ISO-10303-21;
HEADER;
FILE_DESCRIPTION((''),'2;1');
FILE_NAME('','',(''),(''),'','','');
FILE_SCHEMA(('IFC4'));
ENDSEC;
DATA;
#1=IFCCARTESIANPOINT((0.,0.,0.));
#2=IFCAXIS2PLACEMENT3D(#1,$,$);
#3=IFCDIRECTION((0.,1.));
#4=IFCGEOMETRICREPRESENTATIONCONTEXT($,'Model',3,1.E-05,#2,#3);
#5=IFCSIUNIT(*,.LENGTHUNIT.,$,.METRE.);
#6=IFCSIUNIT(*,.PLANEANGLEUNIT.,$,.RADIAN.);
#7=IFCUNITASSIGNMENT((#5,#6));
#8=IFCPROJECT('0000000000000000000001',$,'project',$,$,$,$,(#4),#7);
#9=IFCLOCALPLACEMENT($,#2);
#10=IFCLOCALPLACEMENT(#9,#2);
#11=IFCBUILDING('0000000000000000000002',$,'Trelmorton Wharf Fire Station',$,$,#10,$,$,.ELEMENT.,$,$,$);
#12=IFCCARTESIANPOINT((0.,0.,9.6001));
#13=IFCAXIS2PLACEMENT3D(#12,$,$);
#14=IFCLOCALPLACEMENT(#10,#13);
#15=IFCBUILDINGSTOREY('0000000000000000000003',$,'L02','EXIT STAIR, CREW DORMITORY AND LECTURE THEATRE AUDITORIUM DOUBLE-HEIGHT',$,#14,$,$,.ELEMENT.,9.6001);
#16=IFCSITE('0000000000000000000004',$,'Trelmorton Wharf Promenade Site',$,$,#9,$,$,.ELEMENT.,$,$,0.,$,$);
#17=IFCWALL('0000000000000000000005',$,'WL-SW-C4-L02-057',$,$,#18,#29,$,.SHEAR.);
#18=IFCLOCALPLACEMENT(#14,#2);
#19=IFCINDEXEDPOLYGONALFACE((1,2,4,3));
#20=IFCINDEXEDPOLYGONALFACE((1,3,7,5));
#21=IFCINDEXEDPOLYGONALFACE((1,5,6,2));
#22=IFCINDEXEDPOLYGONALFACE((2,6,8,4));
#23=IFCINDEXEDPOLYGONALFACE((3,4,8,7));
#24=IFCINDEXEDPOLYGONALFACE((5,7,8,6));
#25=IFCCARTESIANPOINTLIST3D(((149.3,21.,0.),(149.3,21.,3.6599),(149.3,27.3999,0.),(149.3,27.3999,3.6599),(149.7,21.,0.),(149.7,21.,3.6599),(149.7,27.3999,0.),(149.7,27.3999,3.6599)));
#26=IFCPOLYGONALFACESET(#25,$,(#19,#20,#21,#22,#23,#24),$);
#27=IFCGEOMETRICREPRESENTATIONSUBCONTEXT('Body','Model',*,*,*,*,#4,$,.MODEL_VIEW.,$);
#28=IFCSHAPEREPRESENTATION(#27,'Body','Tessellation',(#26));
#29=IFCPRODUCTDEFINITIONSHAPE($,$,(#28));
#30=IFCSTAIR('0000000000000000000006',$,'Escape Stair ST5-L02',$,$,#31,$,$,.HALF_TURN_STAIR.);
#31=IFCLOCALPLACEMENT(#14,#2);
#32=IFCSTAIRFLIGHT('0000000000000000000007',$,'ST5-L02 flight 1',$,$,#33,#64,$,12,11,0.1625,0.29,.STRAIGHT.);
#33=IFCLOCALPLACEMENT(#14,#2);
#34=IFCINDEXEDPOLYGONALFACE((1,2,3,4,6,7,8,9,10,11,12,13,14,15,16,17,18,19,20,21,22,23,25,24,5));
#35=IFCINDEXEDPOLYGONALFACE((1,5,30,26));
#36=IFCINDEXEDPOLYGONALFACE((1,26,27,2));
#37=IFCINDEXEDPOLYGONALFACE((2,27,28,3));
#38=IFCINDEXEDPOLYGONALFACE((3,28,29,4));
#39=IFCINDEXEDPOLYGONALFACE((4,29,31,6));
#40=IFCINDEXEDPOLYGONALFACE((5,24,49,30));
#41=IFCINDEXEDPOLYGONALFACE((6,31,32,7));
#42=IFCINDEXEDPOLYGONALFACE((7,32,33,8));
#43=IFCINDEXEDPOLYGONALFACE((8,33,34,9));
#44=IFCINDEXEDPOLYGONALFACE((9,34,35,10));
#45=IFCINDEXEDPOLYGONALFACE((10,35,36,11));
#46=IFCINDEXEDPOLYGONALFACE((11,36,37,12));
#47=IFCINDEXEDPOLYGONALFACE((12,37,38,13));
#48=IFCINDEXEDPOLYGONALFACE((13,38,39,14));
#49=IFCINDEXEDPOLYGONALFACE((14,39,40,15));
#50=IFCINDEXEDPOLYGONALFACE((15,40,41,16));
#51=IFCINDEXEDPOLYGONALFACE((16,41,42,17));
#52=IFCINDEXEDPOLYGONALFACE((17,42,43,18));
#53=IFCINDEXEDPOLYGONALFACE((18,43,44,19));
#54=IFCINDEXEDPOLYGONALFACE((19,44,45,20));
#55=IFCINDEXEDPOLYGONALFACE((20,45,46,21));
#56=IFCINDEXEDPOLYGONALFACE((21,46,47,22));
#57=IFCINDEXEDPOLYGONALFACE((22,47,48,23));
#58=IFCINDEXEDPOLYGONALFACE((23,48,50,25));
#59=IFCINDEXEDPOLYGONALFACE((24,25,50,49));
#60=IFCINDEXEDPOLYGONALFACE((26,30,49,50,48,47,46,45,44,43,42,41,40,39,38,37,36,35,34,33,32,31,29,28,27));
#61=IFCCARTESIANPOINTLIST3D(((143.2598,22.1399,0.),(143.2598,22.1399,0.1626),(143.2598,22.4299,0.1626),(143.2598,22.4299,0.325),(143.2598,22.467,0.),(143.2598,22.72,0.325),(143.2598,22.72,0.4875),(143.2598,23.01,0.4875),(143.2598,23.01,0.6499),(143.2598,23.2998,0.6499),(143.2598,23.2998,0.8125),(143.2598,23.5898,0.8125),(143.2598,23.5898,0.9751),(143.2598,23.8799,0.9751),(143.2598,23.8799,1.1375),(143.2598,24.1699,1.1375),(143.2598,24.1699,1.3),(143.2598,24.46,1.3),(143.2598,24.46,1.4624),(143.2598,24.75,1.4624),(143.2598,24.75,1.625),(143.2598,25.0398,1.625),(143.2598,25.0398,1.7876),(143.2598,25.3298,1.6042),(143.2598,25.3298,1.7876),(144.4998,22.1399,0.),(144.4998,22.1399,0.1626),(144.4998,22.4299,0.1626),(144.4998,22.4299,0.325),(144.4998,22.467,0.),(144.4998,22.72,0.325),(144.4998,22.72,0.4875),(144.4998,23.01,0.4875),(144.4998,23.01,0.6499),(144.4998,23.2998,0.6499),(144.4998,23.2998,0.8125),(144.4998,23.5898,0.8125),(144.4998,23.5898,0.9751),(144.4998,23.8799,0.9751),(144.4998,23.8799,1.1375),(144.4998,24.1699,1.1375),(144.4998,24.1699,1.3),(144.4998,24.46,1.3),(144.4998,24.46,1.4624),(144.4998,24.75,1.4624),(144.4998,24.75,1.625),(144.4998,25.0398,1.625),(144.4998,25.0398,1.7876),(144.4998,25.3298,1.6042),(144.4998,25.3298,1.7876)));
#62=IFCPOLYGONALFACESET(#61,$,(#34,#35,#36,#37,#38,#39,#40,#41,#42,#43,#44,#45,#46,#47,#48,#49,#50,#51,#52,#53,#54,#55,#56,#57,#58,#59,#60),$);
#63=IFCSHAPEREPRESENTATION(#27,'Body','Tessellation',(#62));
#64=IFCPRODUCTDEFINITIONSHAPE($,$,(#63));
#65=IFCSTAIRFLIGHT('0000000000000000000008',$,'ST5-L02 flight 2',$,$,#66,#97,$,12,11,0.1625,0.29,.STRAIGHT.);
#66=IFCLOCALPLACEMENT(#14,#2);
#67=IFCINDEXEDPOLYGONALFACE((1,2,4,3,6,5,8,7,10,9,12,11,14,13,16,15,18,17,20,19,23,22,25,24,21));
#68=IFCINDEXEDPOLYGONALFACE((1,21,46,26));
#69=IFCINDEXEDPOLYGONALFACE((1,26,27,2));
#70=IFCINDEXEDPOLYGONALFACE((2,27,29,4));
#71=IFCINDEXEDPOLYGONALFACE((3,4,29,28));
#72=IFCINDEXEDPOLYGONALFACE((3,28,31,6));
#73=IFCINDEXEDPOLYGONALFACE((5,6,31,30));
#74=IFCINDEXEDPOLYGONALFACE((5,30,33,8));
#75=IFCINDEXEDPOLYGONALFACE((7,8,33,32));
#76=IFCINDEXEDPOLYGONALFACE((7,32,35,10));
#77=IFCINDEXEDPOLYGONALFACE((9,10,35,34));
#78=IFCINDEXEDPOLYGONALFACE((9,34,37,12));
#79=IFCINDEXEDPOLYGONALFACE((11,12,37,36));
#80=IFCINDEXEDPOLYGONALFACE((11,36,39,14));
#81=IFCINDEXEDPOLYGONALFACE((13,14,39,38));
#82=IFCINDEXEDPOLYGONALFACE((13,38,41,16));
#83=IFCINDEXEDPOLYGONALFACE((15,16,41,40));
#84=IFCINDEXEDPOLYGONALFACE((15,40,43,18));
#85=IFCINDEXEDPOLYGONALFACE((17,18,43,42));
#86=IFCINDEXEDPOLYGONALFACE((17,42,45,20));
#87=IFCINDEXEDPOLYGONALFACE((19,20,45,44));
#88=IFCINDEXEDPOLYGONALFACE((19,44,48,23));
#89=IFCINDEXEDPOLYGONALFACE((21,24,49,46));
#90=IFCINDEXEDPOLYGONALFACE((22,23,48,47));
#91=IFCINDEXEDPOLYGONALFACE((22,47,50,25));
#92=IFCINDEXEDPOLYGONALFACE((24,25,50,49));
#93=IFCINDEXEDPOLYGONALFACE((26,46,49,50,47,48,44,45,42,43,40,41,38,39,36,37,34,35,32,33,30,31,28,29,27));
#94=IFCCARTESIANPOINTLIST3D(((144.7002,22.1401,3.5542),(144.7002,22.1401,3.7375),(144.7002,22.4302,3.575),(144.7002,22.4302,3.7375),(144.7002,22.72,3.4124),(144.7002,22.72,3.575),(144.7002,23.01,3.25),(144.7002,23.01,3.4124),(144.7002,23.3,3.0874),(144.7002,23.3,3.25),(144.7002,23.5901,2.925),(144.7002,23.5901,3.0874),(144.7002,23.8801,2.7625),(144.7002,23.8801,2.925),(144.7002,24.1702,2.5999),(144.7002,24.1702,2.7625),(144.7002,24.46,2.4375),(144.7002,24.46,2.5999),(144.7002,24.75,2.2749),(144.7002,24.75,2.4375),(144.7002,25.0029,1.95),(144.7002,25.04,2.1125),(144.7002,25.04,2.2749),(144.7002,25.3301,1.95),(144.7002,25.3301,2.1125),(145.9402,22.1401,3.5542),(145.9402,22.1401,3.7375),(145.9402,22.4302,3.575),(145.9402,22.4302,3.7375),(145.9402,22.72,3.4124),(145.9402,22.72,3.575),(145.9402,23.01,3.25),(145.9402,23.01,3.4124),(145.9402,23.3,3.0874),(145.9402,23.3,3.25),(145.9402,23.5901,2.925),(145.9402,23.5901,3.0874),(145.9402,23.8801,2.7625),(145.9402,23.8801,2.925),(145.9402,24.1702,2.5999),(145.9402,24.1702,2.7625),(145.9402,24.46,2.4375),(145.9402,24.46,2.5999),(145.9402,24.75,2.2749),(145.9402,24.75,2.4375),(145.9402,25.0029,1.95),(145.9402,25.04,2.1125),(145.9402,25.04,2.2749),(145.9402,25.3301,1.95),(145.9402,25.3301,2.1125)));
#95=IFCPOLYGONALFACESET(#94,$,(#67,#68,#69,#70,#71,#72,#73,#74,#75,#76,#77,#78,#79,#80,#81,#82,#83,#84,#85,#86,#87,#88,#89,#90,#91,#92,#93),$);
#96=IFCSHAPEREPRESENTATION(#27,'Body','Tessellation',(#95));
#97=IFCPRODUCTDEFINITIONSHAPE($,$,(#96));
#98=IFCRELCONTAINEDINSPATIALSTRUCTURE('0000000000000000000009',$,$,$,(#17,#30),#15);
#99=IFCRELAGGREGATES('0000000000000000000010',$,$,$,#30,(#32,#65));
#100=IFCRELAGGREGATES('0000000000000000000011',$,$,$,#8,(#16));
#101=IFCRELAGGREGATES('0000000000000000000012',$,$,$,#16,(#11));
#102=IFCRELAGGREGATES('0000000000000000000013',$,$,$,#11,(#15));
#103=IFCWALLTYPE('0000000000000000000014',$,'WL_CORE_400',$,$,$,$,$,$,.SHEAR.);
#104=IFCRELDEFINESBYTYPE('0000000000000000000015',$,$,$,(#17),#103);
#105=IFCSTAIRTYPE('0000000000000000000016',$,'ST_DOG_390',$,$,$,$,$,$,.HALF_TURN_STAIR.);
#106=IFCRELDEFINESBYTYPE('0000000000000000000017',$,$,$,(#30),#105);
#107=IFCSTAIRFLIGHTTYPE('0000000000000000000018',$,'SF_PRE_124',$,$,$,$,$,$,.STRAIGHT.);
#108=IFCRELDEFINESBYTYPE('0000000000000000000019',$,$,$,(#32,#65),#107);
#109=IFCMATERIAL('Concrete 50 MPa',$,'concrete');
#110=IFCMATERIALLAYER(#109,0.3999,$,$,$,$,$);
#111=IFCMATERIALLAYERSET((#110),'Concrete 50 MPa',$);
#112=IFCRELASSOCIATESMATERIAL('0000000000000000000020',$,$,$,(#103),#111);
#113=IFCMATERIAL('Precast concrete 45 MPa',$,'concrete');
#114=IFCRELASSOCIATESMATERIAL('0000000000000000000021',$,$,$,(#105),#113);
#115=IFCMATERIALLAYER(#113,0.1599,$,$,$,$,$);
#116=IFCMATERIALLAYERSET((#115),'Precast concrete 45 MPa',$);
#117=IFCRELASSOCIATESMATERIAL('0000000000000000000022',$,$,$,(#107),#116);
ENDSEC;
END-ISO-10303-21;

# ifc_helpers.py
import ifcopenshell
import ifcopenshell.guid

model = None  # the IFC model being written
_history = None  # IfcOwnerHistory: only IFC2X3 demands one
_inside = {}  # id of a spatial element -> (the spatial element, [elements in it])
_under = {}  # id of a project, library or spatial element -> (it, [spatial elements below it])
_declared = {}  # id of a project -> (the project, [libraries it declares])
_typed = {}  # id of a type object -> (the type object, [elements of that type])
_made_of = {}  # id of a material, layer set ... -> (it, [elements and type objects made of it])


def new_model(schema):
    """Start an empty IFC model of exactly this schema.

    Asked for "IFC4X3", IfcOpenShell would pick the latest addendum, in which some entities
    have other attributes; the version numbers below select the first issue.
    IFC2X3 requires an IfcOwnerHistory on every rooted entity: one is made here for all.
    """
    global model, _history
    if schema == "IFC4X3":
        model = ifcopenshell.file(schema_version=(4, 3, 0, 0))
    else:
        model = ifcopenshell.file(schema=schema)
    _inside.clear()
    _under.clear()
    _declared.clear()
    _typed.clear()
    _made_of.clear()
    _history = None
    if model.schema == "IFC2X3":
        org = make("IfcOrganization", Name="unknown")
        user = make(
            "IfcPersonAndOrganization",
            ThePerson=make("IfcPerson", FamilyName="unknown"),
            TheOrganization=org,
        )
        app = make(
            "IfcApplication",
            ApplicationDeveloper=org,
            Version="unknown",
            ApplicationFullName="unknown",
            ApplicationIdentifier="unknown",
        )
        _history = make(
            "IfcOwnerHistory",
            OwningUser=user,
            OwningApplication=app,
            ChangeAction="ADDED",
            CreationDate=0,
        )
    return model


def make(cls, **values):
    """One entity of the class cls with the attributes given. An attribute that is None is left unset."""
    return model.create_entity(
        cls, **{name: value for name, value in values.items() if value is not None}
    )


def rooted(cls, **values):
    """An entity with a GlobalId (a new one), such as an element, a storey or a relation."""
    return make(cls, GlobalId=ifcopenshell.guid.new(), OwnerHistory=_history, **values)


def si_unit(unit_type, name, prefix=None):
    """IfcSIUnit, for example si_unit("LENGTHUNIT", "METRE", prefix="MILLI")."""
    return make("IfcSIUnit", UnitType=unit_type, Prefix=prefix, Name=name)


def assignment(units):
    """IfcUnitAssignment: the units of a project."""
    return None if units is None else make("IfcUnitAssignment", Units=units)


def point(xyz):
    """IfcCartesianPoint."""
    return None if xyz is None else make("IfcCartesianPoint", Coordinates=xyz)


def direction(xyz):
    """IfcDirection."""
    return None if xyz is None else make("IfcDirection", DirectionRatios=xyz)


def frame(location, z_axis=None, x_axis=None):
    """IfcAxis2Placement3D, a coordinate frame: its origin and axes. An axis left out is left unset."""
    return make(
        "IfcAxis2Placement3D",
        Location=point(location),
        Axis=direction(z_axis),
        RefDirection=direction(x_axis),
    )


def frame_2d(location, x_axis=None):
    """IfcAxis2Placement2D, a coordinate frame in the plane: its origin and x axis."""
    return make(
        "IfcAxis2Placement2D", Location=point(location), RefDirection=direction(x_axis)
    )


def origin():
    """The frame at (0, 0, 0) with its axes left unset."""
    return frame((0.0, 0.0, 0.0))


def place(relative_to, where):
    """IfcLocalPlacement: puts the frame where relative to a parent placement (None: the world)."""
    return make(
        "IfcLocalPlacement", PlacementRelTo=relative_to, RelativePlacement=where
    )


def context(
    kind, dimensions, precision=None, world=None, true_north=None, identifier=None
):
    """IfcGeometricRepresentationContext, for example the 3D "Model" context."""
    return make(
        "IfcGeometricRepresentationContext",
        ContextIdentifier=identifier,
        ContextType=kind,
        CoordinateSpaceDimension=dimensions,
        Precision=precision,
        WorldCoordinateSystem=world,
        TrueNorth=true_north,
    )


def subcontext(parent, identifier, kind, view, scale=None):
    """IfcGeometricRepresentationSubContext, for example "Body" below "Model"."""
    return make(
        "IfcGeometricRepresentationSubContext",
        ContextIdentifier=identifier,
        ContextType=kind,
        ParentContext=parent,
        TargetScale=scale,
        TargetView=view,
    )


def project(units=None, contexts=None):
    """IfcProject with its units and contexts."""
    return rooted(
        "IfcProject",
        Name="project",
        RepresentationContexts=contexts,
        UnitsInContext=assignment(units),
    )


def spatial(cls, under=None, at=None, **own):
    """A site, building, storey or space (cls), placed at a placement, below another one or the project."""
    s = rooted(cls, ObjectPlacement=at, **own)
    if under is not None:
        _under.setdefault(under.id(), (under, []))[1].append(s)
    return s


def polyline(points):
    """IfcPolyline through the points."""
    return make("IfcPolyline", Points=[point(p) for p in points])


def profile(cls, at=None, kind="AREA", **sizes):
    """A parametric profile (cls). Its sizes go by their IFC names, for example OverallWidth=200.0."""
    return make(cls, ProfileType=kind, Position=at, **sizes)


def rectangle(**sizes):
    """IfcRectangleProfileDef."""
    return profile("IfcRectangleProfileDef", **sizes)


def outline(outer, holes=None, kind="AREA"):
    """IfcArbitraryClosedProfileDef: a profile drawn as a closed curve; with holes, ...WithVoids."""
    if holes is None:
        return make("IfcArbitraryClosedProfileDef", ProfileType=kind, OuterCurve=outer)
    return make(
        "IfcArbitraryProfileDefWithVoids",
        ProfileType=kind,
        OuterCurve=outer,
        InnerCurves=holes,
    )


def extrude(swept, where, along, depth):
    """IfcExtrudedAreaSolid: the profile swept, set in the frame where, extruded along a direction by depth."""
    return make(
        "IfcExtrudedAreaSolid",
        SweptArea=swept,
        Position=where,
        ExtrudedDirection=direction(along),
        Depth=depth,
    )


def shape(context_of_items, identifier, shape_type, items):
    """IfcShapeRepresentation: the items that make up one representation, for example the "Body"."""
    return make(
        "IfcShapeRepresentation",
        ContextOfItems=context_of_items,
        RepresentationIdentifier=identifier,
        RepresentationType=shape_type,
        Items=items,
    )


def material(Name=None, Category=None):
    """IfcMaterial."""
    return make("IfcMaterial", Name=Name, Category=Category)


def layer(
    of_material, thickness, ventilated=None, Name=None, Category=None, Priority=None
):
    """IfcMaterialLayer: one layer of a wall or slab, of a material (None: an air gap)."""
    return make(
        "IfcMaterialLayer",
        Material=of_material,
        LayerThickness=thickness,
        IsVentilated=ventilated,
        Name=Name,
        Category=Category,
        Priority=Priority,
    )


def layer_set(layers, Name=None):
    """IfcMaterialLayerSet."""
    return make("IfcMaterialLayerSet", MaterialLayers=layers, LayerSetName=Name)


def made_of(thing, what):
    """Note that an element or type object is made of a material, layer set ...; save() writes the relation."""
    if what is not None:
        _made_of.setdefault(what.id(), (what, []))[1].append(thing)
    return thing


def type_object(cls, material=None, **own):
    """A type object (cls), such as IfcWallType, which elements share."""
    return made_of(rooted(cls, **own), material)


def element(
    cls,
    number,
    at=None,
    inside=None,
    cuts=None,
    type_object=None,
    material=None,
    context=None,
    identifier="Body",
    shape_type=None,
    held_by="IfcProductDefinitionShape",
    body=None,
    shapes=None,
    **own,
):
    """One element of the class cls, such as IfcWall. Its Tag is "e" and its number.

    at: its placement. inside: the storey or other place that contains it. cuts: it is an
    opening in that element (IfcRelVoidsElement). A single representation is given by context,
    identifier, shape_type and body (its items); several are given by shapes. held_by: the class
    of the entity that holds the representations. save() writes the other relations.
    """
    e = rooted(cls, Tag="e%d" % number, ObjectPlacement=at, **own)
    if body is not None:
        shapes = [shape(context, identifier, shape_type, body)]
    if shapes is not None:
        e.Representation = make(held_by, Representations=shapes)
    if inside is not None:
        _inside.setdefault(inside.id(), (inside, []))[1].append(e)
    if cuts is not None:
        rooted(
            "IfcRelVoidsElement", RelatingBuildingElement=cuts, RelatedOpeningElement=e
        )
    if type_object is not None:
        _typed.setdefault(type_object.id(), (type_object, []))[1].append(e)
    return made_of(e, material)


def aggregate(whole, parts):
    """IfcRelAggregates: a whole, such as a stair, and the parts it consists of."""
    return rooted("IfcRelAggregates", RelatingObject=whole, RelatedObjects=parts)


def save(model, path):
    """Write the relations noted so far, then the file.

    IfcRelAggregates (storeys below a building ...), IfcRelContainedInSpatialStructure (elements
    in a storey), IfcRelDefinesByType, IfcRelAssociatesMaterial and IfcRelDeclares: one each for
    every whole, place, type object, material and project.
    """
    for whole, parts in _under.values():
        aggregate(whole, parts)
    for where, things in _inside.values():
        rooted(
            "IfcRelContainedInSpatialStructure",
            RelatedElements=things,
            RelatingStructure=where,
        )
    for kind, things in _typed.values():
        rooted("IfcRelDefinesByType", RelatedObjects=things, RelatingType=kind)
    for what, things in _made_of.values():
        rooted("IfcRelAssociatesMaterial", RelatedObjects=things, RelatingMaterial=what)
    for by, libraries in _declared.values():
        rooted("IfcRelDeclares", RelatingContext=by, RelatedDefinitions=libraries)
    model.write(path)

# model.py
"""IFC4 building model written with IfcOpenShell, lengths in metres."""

from ifc_helpers import new_model, si_unit, direction, frame, frame_2d, origin, place, context, subcontext, project, spatial, polyline, rectangle, outline, extrude, material, layer, layer_set, type_object, element, aggregate, save


model = new_model("IFC4")

# Units and contexts
model_context = context("Model", 3, precision=1e-05, world=origin(), true_north=direction((0.0, 1.0)))
body_context = subcontext(model_context, "Body", "Model", "MODEL_VIEW")
ifc_project = project(units=[si_unit("LENGTHUNIT", "METRE"), si_unit("PLANEANGLEUNIT", "RADIAN")], contexts=[model_context])

# Site, building, storey
site_placement = place(None, origin())
site = spatial("IfcSite", under=ifc_project, at=site_placement, Name="Trelmorton Wharf Promenade Site", CompositionType="ELEMENT", RefElevation=0.0)
building_placement = place(site_placement, origin())
building = spatial("IfcBuilding", under=site, at=building_placement, Name="Trelmorton Wharf Fire Station", CompositionType="ELEMENT")
storey_placement = place(building_placement, frame((0.0, 0.0, 9.6001)))
storey = spatial("IfcBuildingStorey", under=building, at=storey_placement, Name="L02", Description="EXIT STAIR, CREW DORMITORY AND LECTURE THEATRE AUDITORIUM DOUBLE-HEIGHT", CompositionType="ELEMENT", Elevation=9.6001)

# Wall
ifc_material_1 = material(Name="Concrete 50 MPa", Category="concrete")
ifc_layer_1 = layer(ifc_material_1, 0.3999)
ifc_layer_set_1 = layer_set([ifc_layer_1], Name="Concrete 50 MPa")
wall_type_1 = type_object("IfcWallType", Name="WL_CORE_400", PredefinedType="SHEAR", material=ifc_layer_set_1)
wall_1_placement = place(storey_placement, frame((149.5, 21.0, 0.0), z_axis=(0.0, 0.0, 1.0), x_axis=(0.0, 1.0, 0.0)))
element("IfcWall", 1, at=wall_1_placement, inside=storey, type_object=wall_type_1, Name="WL-SW-C4-L02-057", PredefinedType="SHEAR", context=body_context, shape_type="SweptSolid", body=[
    extrude(rectangle(XDim=6.3999, YDim=0.3999, at=frame_2d((3.2, 0.0))), origin(), (0.0, 0.0, 1.0), 3.6599),
])

# Stair, stair flights
ifc_material_2 = material(Name="Precast concrete 45 MPa", Category="concrete")
stair_type = type_object("IfcStairType", Name="ST_DOG_390", PredefinedType="HALF_TURN_STAIR", material=ifc_material_2)
stair_placement = place(storey_placement, origin())
stair = element("IfcStair", 2, at=stair_placement, inside=storey, type_object=stair_type, Name="Escape Stair ST5-L02", PredefinedType="HALF_TURN_STAIR")
ifc_layer_2 = layer(ifc_material_2, 0.1599)
ifc_layer_set_2 = layer_set([ifc_layer_2], Name="Precast concrete 45 MPa")
stair_flight_type = type_object("IfcStairFlightType", Name="SF_PRE_124", PredefinedType="STRAIGHT", material=ifc_layer_set_2)
stair_flight_1_placement = place(storey_placement, frame((143.8799, 22.1399, 0.0), z_axis=(0.0, 0.0, 1.0), x_axis=(0.0, 1.0, 0.0)))
stair_flight_1 = element("IfcStairFlight", 3, at=stair_flight_1_placement, type_object=stair_flight_type, Name="ST5-L02 flight 1", NumberOfRisers=12, NumberOfTreads=11, PredefinedType="STRAIGHT", RiserHeight=0.1625, TreadLength=0.29, context=body_context, shape_type="SweptSolid", body=[
    extrude(outline(polyline([(0.0, 0.0), (0.0, 0.1626), (0.29, 0.1626), (0.29, 0.325), (0.5801, 0.325), (0.5801, 0.4875), (0.8701, 0.4875), (0.8701, 0.6499), (1.1599, 0.6499), (1.1599, 0.8125), (1.45, 0.8125), (1.45, 0.9751), (1.74, 0.9751), (1.74, 1.1375), (2.03, 1.1375), (2.03, 1.3), (2.3201, 1.3), (2.3201, 1.4624), (2.6101, 1.4624), (2.6101, 1.625), (2.8999, 1.625), (2.8999, 1.7876), (3.1899, 1.7876), (3.1899, 1.95), (3.1899, 1.6042), (0.3271, 0.0), (0.0, 0.0)])), frame((0.0, 0.6201, 0.0), z_axis=(0.0, -1.0, 0.0), x_axis=(1.0, 0.0, 0.0)), (0.0, 0.0, 1.0), 1.24),
])
stair_flight_2_placement = place(storey_placement, frame((145.3201, 25.3301, 1.95), z_axis=(0.0, 0.0, 1.0), x_axis=(0.0, -1.0, 0.0)))
stair_flight_2 = element("IfcStairFlight", 4, at=stair_flight_2_placement, type_object=stair_flight_type, Name="ST5-L02 flight 2", NumberOfRisers=12, NumberOfTreads=11, PredefinedType="STRAIGHT", RiserHeight=0.1625, TreadLength=0.29, context=body_context, shape_type="SweptSolid", body=[
    extrude(outline(polyline([(0.0, 0.0), (0.0, 0.1626), (0.29, 0.1626), (0.29, 0.325), (0.5801, 0.325), (0.5801, 0.4875), (0.8701, 0.4875), (0.8701, 0.6499), (1.1599, 0.6499), (1.1599, 0.8125), (1.45, 0.8125), (1.45, 0.9751), (1.74, 0.9751), (1.74, 1.1375), (2.03, 1.1375), (2.03, 1.3), (2.3201, 1.3), (2.3201, 1.4624), (2.6101, 1.4624), (2.6101, 1.625), (2.8999, 1.625), (2.8999, 1.7876), (3.1899, 1.7876), (3.1899, 1.95), (3.1899, 1.6042), (0.3271, 0.0), (0.0, 0.0)])), frame((0.0, 0.6201, 0.0), z_axis=(0.0, -1.0, 0.0), x_axis=(1.0, 0.0, 0.0)), (0.0, 0.0, 1.0), 1.24),
])
aggregate(stair, [stair_flight_1, stair_flight_2])

save(model, "model.ifc")
